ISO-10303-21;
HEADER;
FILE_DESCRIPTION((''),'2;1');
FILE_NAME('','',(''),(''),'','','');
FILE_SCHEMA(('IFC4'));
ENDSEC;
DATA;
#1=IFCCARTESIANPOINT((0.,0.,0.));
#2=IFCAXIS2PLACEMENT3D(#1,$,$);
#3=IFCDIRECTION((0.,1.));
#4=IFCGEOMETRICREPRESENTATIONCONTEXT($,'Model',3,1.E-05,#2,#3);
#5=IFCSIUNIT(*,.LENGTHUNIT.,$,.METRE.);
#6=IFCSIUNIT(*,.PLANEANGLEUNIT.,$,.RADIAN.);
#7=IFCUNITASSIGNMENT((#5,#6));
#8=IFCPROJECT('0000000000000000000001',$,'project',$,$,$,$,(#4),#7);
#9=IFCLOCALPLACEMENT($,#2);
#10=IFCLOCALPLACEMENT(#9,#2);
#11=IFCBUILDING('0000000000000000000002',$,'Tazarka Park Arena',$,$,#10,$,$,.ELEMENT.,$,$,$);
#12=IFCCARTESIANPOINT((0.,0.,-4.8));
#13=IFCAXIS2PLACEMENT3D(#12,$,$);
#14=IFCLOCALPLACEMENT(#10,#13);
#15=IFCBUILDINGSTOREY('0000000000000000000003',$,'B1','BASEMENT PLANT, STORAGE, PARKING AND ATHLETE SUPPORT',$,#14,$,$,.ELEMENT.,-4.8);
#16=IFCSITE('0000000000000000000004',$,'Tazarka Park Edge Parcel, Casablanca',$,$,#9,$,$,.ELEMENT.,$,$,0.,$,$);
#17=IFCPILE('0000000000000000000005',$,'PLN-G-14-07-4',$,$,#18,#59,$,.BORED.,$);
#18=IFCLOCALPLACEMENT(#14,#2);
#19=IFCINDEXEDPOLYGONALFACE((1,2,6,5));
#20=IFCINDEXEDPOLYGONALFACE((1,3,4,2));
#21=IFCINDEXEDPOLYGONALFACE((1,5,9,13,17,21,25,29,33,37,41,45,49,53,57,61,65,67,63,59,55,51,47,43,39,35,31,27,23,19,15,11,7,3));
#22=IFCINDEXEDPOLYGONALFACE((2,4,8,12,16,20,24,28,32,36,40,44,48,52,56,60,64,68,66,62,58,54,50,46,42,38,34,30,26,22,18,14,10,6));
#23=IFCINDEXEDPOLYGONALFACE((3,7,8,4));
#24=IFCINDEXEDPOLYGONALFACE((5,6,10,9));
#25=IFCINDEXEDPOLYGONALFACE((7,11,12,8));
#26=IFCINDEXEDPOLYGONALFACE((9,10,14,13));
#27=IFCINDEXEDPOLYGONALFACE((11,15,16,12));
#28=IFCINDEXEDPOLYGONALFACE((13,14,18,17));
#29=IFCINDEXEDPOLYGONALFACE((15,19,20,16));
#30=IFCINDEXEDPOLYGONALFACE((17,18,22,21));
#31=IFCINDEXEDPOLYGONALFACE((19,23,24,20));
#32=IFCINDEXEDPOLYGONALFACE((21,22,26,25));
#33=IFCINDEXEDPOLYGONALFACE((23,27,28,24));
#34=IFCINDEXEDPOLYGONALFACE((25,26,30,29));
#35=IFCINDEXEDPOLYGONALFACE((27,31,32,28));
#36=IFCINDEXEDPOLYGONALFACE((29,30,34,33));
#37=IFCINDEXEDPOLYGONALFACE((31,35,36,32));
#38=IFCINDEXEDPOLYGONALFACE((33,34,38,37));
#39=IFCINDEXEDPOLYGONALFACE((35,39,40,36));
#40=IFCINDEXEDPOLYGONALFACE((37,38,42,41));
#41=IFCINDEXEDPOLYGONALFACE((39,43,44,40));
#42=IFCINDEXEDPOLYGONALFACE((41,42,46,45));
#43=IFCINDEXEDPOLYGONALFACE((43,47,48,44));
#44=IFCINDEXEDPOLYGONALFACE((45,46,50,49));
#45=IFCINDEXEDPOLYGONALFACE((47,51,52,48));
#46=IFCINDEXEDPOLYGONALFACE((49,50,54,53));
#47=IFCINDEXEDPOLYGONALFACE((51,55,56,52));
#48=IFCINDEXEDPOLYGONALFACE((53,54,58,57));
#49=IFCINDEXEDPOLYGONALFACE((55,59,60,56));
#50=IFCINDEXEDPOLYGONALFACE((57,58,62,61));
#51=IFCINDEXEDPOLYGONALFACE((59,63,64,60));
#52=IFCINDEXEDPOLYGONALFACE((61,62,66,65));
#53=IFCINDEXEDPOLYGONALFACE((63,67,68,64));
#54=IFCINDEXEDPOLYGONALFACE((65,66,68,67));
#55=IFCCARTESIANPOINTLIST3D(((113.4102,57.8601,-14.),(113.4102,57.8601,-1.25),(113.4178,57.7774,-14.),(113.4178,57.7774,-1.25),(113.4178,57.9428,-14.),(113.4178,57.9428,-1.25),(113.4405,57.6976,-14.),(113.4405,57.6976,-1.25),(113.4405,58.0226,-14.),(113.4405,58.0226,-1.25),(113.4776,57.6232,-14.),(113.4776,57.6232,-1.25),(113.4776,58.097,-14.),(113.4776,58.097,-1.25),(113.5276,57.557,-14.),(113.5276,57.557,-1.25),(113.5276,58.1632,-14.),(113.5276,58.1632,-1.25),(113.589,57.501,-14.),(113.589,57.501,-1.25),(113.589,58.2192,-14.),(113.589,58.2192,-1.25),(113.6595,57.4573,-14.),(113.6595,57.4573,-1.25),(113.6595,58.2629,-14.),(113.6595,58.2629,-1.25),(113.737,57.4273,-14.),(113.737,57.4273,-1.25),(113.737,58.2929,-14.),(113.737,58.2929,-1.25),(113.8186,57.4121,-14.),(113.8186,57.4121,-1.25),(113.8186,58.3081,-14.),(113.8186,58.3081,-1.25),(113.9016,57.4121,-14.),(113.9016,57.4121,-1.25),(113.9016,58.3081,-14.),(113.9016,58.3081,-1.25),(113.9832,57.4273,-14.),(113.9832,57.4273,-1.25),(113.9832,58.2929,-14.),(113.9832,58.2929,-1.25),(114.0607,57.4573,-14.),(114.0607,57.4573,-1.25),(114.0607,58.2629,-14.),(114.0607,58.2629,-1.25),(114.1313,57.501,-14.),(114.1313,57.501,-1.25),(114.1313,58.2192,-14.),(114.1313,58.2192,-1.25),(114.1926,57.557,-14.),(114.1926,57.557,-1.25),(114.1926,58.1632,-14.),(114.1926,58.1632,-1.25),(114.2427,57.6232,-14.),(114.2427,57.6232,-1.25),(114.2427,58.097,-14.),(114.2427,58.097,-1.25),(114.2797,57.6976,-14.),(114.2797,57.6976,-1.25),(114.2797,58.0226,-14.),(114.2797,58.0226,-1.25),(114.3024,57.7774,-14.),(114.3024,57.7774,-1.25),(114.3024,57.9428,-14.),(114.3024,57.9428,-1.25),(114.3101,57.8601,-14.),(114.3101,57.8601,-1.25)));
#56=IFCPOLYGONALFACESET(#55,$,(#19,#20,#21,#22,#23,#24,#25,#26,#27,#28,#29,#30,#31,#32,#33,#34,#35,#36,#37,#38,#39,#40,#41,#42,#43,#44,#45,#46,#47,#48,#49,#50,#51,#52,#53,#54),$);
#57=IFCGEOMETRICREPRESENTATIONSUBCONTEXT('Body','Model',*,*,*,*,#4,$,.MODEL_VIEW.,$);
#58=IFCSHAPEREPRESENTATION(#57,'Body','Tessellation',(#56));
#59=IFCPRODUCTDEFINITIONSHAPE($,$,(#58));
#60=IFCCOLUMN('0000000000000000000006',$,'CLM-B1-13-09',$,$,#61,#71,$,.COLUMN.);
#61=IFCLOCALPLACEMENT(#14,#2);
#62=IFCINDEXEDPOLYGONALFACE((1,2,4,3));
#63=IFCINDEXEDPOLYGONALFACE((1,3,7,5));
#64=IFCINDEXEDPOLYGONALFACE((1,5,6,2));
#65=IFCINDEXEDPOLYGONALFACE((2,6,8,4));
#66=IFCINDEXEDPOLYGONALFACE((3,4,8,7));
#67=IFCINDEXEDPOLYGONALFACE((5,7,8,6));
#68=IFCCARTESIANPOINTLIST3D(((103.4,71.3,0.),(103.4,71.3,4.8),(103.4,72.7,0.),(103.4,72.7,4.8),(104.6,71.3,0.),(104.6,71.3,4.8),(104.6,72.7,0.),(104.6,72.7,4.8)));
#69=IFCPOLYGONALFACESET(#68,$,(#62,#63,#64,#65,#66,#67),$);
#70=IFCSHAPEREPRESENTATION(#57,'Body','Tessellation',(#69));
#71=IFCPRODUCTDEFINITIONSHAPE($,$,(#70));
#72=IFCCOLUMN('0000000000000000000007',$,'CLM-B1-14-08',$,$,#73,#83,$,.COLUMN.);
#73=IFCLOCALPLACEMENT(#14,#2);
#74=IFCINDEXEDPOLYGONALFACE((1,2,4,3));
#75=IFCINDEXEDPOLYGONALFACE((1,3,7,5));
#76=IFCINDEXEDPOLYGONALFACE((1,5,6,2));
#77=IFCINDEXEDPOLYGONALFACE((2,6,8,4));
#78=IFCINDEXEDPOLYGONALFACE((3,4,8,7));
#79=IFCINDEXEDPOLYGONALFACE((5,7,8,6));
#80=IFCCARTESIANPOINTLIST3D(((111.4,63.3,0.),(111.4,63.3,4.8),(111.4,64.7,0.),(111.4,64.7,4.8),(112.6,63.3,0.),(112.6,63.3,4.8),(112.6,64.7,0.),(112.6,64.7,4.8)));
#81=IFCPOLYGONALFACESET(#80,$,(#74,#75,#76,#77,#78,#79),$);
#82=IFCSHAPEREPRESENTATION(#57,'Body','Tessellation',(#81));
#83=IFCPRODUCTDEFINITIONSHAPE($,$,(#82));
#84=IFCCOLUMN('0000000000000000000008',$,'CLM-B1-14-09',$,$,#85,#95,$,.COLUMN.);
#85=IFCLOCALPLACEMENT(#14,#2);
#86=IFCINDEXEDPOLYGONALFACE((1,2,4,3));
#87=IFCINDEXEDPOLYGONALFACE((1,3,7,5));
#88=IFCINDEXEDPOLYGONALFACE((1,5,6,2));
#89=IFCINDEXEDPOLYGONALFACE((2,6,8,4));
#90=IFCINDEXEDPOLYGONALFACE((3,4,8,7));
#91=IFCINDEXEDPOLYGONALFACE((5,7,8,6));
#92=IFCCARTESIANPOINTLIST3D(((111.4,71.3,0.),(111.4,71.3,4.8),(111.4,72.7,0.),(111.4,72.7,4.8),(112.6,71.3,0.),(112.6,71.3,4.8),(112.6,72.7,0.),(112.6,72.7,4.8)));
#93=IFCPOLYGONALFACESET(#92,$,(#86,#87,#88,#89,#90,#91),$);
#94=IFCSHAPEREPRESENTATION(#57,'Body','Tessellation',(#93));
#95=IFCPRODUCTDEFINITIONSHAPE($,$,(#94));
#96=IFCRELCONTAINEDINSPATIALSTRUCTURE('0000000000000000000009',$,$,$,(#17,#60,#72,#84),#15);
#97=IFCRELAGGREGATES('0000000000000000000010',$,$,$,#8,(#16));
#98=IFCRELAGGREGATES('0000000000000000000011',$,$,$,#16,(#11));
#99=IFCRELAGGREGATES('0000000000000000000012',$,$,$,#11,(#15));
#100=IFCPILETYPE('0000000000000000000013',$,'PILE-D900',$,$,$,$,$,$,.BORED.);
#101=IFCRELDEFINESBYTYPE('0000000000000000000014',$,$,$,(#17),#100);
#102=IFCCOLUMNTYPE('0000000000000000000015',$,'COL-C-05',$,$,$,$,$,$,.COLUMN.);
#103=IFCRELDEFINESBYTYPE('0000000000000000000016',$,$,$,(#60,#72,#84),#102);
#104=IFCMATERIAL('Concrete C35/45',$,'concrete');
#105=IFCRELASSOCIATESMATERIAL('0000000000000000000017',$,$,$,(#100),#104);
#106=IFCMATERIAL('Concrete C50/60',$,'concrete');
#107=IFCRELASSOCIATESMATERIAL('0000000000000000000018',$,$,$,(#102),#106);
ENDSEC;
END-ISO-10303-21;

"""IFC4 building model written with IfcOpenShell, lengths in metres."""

from ifc_helpers import new_model, si_unit, direction, frame, origin, origin_2d, place, context, subcontext, project, spatial, rectangle, circle, extrude, material, material_profile, profile_set, type_object, element, save


model = new_model("IFC4")

# Units and contexts
model_context = context("Model", 3, precision=1e-05, world=origin(), true_north=direction((0.0, 1.0)))
body_context = subcontext(model_context, "Body", "Model", "MODEL_VIEW")
ifc_project = project(units=[si_unit("LENGTHUNIT", "METRE"), si_unit("PLANEANGLEUNIT", "RADIAN")], contexts=[model_context])

# Site, building, storey
site_placement = place(None, origin())
site = spatial("IfcSite", under=ifc_project, at=site_placement, Name="Tazarka Park Edge Parcel, Casablanca", CompositionType="ELEMENT", RefElevation=0.0)
building_placement = place(site_placement, origin())
building = spatial("IfcBuilding", under=site, at=building_placement, Name="Tazarka Park Arena", CompositionType="ELEMENT")
storey_placement = place(building_placement, frame((0.0, 0.0, -4.8)))
storey = spatial("IfcBuildingStorey", under=building, at=storey_placement, Name="B1", Description="BASEMENT PLANT, STORAGE, PARKING AND ATHLETE SUPPORT", CompositionType="ELEMENT", Elevation=-4.8)

# Pile
ifc_material_1 = material(Name="Concrete C35/45", Category="concrete")
ifc_material_profile_1 = material_profile(ifc_material_1, circle(Radius=0.45, at=origin_2d()), Name="Concrete C35/45")
ifc_profile_set_1 = profile_set([ifc_material_profile_1], Name="Concrete C35/45")
pile_type_1 = type_object("IfcPileType", Name="PILE-D900", PredefinedType="BORED", material=ifc_profile_set_1)
for number, where, z_axis, x_axis, name in (
    (1, (113.8601, 57.8601, -1.25), (0.0, 0.0, -1.0), (1.0, 0.0, 0.0), "PLN-G-14-07-4"),
):
    element("IfcPile", number, at=place(storey_placement, frame(where, z_axis=z_axis, x_axis=x_axis)), inside=storey, type_object=pile_type_1, Name=name, PredefinedType="BORED", context=body_context, shape_type="SweptSolid", body=[
        extrude(circle(Radius=0.45, at=origin_2d()), origin(), (0.0, 0.0, 1.0), 12.75),
    ])

# Columns
ifc_material_2 = material(Name="Concrete C50/60", Category="concrete")
ifc_material_profile_2 = material_profile(ifc_material_2, rectangle(XDim=1.2, YDim=1.3999, at=origin_2d()), Name="Concrete C50/60")
ifc_profile_set_2 = profile_set([ifc_material_profile_2], Name="Concrete C50/60")
column_type = type_object("IfcColumnType", Name="COL-C-05", PredefinedType="COLUMN", material=ifc_profile_set_2)
for number, where, z_axis, x_axis, name in (
    (2, (104.0, 72.0, 0.0), (0.0, 0.0, 1.0), (1.0, 0.0, 0.0), "CLM-B1-13-09"),
    (3, (112.0, 64.0, 0.0), (0.0, 0.0, 1.0), (1.0, 0.0, 0.0), "CLM-B1-14-08"),
    (4, (112.0, 72.0, 0.0), (0.0, 0.0, 1.0), (1.0, 0.0, 0.0), "CLM-B1-14-09"),
):
    element("IfcColumn", number, at=place(storey_placement, frame(where, z_axis=z_axis, x_axis=x_axis)), inside=storey, type_object=column_type, Name=name, PredefinedType="COLUMN", context=body_context, shape_type="SweptSolid", body=[
        extrude(rectangle(XDim=1.2, YDim=1.3999, at=origin_2d()), origin(), (0.0, 0.0, 1.0), 4.8),
    ])

save(model, "model.ifc")
